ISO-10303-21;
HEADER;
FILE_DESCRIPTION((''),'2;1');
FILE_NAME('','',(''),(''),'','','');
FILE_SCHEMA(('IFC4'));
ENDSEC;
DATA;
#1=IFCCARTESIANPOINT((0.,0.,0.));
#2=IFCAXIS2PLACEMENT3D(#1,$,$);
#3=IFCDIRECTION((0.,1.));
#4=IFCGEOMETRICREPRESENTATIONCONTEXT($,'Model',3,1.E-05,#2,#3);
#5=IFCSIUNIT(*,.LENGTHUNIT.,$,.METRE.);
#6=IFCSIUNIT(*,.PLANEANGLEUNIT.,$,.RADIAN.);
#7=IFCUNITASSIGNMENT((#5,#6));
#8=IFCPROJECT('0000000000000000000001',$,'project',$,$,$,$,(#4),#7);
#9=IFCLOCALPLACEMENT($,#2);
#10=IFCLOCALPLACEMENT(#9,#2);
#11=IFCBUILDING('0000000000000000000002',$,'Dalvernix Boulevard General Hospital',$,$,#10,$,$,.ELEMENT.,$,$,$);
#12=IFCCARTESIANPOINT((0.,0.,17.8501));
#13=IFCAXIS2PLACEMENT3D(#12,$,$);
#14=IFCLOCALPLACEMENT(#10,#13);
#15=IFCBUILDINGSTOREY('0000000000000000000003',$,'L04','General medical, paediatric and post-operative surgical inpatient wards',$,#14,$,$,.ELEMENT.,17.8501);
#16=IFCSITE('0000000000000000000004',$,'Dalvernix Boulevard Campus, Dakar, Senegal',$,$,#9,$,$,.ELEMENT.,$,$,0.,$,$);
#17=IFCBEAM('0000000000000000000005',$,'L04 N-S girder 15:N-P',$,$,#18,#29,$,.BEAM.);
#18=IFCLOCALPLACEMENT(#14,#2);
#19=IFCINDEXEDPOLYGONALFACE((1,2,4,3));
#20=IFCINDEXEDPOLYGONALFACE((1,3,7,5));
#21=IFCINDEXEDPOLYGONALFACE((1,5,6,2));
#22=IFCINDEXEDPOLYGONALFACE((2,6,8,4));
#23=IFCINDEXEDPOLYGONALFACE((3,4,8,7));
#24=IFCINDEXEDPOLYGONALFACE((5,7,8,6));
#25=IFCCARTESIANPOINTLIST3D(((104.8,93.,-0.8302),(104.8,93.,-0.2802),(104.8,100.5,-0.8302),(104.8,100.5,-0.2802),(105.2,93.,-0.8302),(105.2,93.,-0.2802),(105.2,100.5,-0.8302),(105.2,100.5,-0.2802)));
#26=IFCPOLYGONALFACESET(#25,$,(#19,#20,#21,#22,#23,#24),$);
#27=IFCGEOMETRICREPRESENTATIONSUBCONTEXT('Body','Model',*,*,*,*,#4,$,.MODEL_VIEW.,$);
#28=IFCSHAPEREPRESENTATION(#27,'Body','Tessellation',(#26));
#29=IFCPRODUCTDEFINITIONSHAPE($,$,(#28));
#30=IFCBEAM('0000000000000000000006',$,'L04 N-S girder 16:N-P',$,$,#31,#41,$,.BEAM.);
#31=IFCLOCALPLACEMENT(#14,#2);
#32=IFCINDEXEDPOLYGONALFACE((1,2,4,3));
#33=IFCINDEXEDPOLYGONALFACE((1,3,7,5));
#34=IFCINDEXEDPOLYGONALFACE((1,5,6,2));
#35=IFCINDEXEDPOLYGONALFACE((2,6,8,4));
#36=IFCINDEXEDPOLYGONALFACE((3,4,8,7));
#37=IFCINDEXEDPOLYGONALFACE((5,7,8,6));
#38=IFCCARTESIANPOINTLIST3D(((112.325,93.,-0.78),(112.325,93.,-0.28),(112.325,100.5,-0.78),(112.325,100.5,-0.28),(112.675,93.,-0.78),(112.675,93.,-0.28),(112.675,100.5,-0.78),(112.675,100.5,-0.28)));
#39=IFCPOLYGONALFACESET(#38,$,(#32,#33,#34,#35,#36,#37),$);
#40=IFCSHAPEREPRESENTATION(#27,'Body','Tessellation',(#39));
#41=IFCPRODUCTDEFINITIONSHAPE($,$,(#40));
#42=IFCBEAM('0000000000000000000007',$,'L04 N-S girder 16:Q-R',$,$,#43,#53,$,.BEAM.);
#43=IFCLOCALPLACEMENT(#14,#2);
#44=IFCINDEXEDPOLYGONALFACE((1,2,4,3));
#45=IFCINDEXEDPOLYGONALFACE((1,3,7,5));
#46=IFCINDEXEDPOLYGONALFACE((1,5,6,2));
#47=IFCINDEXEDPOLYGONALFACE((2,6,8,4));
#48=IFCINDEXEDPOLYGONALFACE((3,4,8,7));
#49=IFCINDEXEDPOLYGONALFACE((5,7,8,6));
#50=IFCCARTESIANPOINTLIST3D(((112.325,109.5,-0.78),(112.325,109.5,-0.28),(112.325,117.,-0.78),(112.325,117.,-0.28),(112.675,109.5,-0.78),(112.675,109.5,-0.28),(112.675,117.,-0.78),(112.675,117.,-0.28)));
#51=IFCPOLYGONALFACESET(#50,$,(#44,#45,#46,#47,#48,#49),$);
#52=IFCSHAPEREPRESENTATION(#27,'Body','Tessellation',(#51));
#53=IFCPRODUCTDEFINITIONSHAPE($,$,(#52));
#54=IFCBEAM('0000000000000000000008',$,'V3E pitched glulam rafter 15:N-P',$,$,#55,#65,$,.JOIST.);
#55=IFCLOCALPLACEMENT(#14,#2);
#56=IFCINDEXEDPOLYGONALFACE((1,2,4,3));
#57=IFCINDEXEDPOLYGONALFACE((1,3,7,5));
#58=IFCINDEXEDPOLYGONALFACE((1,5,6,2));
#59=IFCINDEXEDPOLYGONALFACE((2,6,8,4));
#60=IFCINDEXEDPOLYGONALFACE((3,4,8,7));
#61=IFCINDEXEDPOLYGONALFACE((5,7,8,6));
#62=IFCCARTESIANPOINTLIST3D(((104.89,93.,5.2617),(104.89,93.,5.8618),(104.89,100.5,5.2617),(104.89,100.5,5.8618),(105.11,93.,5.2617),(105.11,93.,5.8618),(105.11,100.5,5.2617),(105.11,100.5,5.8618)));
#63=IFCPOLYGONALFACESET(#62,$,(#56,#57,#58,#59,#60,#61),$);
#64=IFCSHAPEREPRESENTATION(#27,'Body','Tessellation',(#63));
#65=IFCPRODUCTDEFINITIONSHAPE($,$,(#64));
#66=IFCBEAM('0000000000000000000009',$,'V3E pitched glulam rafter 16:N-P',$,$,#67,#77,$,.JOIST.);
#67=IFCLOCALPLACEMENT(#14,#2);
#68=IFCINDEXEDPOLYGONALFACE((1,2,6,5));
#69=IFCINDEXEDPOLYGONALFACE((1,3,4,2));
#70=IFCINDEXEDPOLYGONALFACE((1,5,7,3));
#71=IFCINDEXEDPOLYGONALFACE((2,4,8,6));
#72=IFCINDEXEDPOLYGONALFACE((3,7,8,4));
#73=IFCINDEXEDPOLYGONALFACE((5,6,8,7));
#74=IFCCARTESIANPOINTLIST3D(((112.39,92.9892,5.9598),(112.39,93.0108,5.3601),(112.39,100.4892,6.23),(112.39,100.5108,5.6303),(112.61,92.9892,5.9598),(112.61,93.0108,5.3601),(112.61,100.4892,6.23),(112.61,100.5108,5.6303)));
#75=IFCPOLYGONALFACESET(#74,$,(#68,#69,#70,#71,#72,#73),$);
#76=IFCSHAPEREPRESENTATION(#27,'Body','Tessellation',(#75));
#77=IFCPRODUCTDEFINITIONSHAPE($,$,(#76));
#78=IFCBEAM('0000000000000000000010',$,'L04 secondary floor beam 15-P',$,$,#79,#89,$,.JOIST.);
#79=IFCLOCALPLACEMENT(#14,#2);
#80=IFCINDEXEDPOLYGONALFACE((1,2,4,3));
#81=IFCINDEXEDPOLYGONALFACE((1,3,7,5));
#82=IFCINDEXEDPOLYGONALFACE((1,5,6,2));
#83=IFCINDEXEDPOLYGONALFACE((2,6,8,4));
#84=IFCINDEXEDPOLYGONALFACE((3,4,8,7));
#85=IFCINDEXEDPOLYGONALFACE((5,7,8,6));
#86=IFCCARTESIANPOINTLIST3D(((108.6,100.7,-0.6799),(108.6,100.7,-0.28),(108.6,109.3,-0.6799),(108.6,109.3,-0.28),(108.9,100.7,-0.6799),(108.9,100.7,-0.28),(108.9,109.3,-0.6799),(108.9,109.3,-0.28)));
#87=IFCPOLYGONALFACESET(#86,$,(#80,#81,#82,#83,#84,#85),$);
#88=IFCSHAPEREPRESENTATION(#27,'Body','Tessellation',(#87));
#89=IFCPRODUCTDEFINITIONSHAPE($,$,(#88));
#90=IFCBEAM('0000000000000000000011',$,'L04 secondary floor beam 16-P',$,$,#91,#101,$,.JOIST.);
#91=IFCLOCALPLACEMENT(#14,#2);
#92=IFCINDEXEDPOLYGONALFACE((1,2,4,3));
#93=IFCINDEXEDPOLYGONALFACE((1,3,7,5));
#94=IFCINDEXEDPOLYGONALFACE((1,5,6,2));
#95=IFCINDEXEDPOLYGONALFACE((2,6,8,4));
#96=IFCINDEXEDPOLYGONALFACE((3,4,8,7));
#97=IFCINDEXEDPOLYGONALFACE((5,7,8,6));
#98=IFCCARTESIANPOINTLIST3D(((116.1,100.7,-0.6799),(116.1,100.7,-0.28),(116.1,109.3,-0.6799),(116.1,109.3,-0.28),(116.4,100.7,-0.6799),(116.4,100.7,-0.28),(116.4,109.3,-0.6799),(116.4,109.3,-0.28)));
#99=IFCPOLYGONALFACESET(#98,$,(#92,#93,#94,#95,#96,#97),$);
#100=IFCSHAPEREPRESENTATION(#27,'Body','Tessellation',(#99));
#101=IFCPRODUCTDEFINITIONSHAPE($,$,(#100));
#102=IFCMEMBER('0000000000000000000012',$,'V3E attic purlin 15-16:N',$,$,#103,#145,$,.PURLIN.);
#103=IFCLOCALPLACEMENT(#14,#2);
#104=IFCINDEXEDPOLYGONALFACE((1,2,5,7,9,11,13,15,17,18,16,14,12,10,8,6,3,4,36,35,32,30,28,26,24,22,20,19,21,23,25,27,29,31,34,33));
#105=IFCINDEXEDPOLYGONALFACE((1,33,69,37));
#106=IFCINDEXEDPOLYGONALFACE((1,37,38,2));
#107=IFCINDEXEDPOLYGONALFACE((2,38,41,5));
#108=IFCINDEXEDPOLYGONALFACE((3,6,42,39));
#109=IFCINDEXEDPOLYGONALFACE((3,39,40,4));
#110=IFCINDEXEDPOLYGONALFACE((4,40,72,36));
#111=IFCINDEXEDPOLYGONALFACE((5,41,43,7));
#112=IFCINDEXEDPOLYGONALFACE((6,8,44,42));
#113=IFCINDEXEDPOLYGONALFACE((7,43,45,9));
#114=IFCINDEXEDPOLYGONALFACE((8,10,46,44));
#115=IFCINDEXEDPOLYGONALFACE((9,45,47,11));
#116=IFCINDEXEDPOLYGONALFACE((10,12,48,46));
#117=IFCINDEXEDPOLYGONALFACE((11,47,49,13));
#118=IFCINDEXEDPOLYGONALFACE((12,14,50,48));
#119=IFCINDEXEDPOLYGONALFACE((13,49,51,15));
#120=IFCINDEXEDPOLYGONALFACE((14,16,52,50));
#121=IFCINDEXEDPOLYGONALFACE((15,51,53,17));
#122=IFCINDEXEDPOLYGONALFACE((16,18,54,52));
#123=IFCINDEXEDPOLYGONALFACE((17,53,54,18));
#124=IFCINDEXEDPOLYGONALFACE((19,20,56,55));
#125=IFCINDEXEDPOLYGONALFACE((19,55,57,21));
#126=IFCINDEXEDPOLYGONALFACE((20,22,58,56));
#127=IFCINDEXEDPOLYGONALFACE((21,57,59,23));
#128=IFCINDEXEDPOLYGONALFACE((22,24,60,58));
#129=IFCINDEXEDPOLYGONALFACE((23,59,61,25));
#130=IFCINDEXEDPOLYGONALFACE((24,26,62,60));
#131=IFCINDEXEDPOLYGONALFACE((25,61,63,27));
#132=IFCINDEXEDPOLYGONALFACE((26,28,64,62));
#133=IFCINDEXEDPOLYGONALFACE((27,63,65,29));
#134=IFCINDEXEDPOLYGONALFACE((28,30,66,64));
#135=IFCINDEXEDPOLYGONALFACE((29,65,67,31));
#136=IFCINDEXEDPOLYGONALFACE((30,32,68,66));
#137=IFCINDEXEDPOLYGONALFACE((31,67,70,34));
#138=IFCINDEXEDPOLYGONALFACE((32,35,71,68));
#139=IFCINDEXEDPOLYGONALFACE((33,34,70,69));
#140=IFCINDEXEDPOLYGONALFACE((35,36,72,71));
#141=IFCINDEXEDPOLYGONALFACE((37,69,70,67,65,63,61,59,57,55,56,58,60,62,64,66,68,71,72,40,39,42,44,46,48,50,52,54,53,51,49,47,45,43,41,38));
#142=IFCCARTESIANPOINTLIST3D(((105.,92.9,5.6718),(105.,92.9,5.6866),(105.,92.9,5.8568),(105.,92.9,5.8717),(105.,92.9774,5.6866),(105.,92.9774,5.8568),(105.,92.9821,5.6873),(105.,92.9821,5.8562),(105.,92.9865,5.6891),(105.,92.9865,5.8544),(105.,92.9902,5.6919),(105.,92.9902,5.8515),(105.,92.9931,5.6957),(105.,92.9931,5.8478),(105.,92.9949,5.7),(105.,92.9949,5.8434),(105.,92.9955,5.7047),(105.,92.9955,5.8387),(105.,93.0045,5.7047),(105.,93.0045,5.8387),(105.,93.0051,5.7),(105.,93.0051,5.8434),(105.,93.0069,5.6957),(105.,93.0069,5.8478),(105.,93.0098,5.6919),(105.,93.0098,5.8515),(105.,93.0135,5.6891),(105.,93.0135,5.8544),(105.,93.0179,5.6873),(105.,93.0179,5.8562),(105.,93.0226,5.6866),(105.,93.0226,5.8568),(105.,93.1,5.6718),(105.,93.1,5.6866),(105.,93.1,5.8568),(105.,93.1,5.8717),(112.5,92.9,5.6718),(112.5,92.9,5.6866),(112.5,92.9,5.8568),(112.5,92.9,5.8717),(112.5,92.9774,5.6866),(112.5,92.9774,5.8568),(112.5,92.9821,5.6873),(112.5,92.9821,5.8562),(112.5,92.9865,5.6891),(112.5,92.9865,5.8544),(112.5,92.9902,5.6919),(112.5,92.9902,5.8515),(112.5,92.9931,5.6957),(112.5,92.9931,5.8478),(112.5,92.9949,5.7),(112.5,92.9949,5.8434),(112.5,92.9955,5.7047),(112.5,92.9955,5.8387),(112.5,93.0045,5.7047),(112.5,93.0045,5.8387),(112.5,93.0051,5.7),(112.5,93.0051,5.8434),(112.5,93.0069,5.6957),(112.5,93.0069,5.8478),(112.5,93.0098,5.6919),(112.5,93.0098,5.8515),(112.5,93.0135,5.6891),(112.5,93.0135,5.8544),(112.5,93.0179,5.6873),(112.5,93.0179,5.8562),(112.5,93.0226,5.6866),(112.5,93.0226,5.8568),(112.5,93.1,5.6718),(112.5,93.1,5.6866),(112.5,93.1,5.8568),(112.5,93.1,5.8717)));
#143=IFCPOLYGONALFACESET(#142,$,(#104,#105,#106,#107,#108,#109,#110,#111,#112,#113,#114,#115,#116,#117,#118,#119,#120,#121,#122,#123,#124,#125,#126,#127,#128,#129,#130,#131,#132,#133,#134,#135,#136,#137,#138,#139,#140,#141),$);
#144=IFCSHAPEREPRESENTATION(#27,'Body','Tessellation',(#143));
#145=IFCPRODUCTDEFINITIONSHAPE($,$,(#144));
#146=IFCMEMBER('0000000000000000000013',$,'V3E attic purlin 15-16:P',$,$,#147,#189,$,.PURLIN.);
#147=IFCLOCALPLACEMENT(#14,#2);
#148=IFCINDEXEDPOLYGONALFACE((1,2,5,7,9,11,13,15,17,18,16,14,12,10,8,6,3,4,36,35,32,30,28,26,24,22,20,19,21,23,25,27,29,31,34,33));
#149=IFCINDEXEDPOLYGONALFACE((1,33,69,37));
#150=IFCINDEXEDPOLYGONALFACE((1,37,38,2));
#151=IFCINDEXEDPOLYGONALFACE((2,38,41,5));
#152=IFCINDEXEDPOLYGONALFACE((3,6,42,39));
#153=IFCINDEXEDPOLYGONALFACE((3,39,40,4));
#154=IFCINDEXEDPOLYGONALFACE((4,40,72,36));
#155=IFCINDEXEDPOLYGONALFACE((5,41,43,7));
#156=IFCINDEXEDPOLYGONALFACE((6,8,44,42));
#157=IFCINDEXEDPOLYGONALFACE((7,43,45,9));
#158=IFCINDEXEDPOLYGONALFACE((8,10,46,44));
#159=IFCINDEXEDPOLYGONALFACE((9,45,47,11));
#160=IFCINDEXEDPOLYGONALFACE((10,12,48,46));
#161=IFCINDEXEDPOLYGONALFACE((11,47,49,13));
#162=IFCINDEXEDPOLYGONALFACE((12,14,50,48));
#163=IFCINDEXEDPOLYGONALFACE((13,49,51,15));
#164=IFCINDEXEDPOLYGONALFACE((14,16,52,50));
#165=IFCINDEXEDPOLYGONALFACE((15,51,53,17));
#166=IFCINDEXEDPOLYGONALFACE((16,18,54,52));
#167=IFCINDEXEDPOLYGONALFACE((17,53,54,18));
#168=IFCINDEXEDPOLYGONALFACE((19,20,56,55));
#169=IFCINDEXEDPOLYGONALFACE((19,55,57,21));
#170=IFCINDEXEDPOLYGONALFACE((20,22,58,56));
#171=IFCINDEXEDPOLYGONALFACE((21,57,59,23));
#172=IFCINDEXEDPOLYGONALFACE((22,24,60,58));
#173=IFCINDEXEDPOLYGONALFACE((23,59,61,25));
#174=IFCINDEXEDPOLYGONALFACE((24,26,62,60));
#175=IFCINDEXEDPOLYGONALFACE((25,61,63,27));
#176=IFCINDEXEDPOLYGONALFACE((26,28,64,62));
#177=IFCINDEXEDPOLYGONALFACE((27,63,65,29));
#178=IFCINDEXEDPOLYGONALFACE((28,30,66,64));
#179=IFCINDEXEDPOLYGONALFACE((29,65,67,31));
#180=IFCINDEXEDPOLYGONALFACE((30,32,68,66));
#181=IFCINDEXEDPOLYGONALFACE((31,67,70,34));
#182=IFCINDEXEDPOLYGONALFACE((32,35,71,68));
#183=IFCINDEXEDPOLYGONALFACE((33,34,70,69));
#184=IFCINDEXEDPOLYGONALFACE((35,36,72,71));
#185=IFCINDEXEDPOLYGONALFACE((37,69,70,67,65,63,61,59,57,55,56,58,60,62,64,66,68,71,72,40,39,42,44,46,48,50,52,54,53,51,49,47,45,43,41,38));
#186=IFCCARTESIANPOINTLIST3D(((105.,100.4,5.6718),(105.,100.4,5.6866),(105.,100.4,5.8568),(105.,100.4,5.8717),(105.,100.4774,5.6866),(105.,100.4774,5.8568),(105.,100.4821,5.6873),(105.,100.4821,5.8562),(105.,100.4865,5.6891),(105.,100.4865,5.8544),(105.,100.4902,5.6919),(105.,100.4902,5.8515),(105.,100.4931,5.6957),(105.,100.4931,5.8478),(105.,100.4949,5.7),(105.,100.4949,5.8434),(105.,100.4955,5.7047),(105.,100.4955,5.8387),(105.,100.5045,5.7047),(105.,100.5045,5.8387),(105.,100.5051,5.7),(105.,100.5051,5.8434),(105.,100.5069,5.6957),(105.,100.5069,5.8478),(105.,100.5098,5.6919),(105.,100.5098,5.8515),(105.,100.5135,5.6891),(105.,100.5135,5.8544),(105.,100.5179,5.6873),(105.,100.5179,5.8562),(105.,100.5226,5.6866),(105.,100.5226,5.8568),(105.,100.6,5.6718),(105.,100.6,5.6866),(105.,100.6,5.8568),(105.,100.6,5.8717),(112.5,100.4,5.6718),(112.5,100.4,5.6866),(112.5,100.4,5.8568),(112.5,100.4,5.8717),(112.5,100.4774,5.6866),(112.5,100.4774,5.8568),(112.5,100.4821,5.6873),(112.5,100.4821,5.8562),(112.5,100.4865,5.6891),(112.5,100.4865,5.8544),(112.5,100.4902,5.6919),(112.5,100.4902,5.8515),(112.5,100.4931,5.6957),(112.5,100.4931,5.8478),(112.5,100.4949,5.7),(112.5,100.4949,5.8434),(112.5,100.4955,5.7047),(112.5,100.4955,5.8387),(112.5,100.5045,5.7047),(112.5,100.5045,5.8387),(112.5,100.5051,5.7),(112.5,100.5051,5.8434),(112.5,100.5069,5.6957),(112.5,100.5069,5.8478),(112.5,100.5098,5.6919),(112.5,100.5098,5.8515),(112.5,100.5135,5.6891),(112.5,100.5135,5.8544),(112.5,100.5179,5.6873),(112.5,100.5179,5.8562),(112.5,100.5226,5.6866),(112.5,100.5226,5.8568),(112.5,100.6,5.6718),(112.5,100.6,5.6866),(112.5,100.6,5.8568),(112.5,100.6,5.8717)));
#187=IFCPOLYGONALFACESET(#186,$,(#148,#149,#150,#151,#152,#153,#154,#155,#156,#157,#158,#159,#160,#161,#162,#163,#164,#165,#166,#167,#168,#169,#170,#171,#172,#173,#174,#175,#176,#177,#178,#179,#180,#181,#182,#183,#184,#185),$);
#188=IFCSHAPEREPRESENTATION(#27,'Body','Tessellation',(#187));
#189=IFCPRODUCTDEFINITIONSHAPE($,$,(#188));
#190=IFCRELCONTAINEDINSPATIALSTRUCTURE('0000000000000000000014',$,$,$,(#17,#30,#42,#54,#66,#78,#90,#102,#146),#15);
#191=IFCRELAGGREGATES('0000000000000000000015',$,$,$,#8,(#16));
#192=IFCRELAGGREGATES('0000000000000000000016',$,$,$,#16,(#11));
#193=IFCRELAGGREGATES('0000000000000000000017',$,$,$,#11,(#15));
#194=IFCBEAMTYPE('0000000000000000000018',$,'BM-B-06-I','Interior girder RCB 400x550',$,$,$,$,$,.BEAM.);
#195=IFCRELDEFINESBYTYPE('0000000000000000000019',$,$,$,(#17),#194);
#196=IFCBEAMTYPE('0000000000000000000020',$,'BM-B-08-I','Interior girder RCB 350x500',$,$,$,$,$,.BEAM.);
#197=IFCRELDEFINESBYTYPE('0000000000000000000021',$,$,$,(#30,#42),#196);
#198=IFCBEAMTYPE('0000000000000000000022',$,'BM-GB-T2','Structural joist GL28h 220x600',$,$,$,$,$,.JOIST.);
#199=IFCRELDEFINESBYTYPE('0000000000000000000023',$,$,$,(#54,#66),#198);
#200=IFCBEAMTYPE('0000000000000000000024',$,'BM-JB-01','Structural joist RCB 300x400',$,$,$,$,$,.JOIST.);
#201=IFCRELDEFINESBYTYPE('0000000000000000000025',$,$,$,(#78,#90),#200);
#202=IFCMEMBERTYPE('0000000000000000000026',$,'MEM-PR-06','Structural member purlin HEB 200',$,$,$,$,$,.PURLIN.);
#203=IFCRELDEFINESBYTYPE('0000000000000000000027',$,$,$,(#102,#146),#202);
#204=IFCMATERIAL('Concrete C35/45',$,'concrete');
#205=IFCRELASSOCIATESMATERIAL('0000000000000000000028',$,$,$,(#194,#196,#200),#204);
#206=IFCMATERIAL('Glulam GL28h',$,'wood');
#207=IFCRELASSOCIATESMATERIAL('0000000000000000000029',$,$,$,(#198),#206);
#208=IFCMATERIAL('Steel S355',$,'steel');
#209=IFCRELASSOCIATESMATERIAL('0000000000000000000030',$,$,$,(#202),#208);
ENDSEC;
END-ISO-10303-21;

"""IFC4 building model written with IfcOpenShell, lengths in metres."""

from ifc_helpers import new_model, si_unit, direction, frame, origin, origin_2d, place, context, subcontext, project, spatial, rectangle, i_section, extrude, material, material_profile, profile_set, type_object, element, save


model = new_model("IFC4")

# Units and contexts
model_context = context("Model", 3, precision=1e-05, world=origin(), true_north=direction((0.0, 1.0)))
body_context = subcontext(model_context, "Body", "Model", "MODEL_VIEW")
ifc_project = project(units=[si_unit("LENGTHUNIT", "METRE"), si_unit("PLANEANGLEUNIT", "RADIAN")], contexts=[model_context])

# Site, building, storey
site_placement = place(None, origin())
site = spatial("IfcSite", under=ifc_project, at=site_placement, Name="Dalvernix Boulevard Campus, Dakar, Senegal", CompositionType="ELEMENT", RefElevation=0.0)
building_placement = place(site_placement, origin())
building = spatial("IfcBuilding", under=site, at=building_placement, Name="Dalvernix Boulevard General Hospital", CompositionType="ELEMENT")
storey_placement = place(building_placement, frame((0.0, 0.0, 17.8501)))
storey = spatial("IfcBuildingStorey", under=building, at=storey_placement, Name="L04", Description="General medical, paediatric and post-operative surgical inpatient wards", CompositionType="ELEMENT", Elevation=17.8501)

# Shared definitions
ifc_material_1 = material(Name="Steel S355", Category="steel")

# Beams
ifc_material_2 = material(Name="Concrete C35/45", Category="concrete")
ifc_material_profile_1 = material_profile(ifc_material_2, rectangle(XDim=0.3999, YDim=0.55, at=origin_2d()), Name="RCB 400x550")
ifc_profile_set_1 = profile_set([ifc_material_profile_1], Name="Concrete C35/45")
beam_type_1 = type_object("IfcBeamType", Name="BM-B-06-I", Description="Interior girder RCB 400x550", PredefinedType="BEAM", material=ifc_profile_set_1)
for number, where, z_axis, x_axis, name in (
    (1, (105.0, 93.0, -0.5552), (0.0, 1.0, 0.0), (-1.0, 0.0, 0.0), "L04 N-S girder 15:N-P"),
):
    element("IfcBeam", number, at=place(storey_placement, frame(where, z_axis=z_axis, x_axis=x_axis)), inside=storey, type_object=beam_type_1, Name=name, PredefinedType="BEAM", context=body_context, shape_type="SweptSolid", body=[
        extrude(rectangle(XDim=0.3999, YDim=0.55, at=origin_2d()), origin(), (0.0, 0.0, 1.0), 7.5),
    ])
ifc_material_profile_2 = material_profile(ifc_material_2, rectangle(XDim=0.3501, YDim=0.5, at=origin_2d()), Name="RCB 350x500")
ifc_profile_set_2 = profile_set([ifc_material_profile_2], Name="Concrete C35/45")
beam_type_2 = type_object("IfcBeamType", Name="BM-B-08-I", Description="Interior girder RCB 350x500", PredefinedType="BEAM", material=ifc_profile_set_2)
for number, where, z_axis, x_axis, name in (
    (2, (112.5, 93.0, -0.53), (0.0, 1.0, 0.0), (-1.0, 0.0, 0.0), "L04 N-S girder 16:N-P"),
    (3, (112.5, 109.5, -0.53), (0.0, 1.0, 0.0), (-1.0, 0.0, 0.0), "L04 N-S girder 16:Q-R"),
):
    element("IfcBeam", number, at=place(storey_placement, frame(where, z_axis=z_axis, x_axis=x_axis)), inside=storey, type_object=beam_type_2, Name=name, PredefinedType="BEAM", context=body_context, shape_type="SweptSolid", body=[
        extrude(rectangle(XDim=0.3501, YDim=0.5, at=origin_2d()), origin(), (0.0, 0.0, 1.0), 7.5),
    ])
ifc_material_3 = material(Name="Glulam GL28h", Category="wood")
ifc_material_profile_3 = material_profile(ifc_material_3, rectangle(XDim=0.22, YDim=0.6001, at=origin_2d()), Name="GL28h 220x600")
ifc_profile_set_3 = profile_set([ifc_material_profile_3], Name="Glulam GL28h")
beam_type_3 = type_object("IfcBeamType", Name="BM-GB-T2", Description="Structural joist GL28h 220x600", PredefinedType="JOIST", material=ifc_profile_set_3)
beam_1_placement = place(storey_placement, frame((105.0, 93.0, 5.5618), z_axis=(0.0, 1.0, 0.0), x_axis=(-1.0, 0.0, 0.0)))
element("IfcBeam", 4, at=beam_1_placement, inside=storey, type_object=beam_type_3, Name="V3E pitched glulam rafter 15:N-P", PredefinedType="JOIST", context=body_context, shape_type="SweptSolid", body=[
    extrude(rectangle(XDim=0.22, YDim=0.6001, at=origin_2d()), origin(), (0.0, 0.0, 1.0), 7.5),
])
beam_2_placement = place(storey_placement, frame((112.5, 93.0, 5.6599), z_axis=(0.0, 0.999351, 0.036012), x_axis=(-1.0, 0.0, 0.0)))
element("IfcBeam", 5, at=beam_2_placement, inside=storey, type_object=beam_type_3, Name="V3E pitched glulam rafter 16:N-P", PredefinedType="JOIST", context=body_context, shape_type="SweptSolid", body=[
    extrude(rectangle(XDim=0.22, YDim=0.6001, at=origin_2d()), origin(), (0.0, 0.0, 1.0), 7.5049),
])
ifc_material_profile_4 = material_profile(ifc_material_2, rectangle(XDim=0.3, YDim=0.3999, at=origin_2d()), Name="RCB 300x400")
ifc_profile_set_4 = profile_set([ifc_material_profile_4], Name="Concrete C35/45")
beam_type_4 = type_object("IfcBeamType", Name="BM-JB-01", Description="Structural joist RCB 300x400", PredefinedType="JOIST", material=ifc_profile_set_4)
for number, where, z_axis, x_axis, name in (
    (6, (108.75, 100.7, -0.48), (0.0, 1.0, 0.0), (-1.0, 0.0, 0.0), "L04 secondary floor beam 15-P"),
    (7, (116.25, 100.7, -0.48), (0.0, 1.0, 0.0), (-1.0, 0.0, 0.0), "L04 secondary floor beam 16-P"),
):
    element("IfcBeam", number, at=place(storey_placement, frame(where, z_axis=z_axis, x_axis=x_axis)), inside=storey, type_object=beam_type_4, Name=name, PredefinedType="JOIST", context=body_context, shape_type="SweptSolid", body=[
        extrude(rectangle(XDim=0.3, YDim=0.3999, at=origin_2d()), origin(), (0.0, 0.0, 1.0), 8.6001),
    ])

# Members
ifc_material_profile_5 = material_profile(ifc_material_1, i_section(OverallWidth=0.2, OverallDepth=0.2, WebThickness=0.009, FlangeThickness=0.0149, FilletRadius=0.0181, at=origin_2d()), Name="HEB 200")
ifc_profile_set_5 = profile_set([ifc_material_profile_5], Name="Steel S355")
member_type = type_object("IfcMemberType", Name="MEM-PR-06", Description="Structural member purlin HEB 200", PredefinedType="PURLIN", material=ifc_profile_set_5)
for number, where, z_axis, x_axis, name in (
    (8, (105.0, 93.0, 5.7717), (1.0, 0.0, 0.0), (0.0, 1.0, 0.0), "V3E attic purlin 15-16:N"),
    (9, (105.0, 100.5, 5.7717), (1.0, 0.0, 0.0), (0.0, 1.0, 0.0), "V3E attic purlin 15-16:P"),
):
    element("IfcMember", number, at=place(storey_placement, frame(where, z_axis=z_axis, x_axis=x_axis)), inside=storey, type_object=member_type, Name=name, PredefinedType="PURLIN", context=body_context, shape_type="SweptSolid", body=[
        extrude(i_section(OverallWidth=0.2, OverallDepth=0.2, WebThickness=0.009, FlangeThickness=0.0149, FilletRadius=0.0181, at=origin_2d()), origin(), (0.0, 0.0, 1.0), 7.5),
    ])

save(model, "model.ifc")
